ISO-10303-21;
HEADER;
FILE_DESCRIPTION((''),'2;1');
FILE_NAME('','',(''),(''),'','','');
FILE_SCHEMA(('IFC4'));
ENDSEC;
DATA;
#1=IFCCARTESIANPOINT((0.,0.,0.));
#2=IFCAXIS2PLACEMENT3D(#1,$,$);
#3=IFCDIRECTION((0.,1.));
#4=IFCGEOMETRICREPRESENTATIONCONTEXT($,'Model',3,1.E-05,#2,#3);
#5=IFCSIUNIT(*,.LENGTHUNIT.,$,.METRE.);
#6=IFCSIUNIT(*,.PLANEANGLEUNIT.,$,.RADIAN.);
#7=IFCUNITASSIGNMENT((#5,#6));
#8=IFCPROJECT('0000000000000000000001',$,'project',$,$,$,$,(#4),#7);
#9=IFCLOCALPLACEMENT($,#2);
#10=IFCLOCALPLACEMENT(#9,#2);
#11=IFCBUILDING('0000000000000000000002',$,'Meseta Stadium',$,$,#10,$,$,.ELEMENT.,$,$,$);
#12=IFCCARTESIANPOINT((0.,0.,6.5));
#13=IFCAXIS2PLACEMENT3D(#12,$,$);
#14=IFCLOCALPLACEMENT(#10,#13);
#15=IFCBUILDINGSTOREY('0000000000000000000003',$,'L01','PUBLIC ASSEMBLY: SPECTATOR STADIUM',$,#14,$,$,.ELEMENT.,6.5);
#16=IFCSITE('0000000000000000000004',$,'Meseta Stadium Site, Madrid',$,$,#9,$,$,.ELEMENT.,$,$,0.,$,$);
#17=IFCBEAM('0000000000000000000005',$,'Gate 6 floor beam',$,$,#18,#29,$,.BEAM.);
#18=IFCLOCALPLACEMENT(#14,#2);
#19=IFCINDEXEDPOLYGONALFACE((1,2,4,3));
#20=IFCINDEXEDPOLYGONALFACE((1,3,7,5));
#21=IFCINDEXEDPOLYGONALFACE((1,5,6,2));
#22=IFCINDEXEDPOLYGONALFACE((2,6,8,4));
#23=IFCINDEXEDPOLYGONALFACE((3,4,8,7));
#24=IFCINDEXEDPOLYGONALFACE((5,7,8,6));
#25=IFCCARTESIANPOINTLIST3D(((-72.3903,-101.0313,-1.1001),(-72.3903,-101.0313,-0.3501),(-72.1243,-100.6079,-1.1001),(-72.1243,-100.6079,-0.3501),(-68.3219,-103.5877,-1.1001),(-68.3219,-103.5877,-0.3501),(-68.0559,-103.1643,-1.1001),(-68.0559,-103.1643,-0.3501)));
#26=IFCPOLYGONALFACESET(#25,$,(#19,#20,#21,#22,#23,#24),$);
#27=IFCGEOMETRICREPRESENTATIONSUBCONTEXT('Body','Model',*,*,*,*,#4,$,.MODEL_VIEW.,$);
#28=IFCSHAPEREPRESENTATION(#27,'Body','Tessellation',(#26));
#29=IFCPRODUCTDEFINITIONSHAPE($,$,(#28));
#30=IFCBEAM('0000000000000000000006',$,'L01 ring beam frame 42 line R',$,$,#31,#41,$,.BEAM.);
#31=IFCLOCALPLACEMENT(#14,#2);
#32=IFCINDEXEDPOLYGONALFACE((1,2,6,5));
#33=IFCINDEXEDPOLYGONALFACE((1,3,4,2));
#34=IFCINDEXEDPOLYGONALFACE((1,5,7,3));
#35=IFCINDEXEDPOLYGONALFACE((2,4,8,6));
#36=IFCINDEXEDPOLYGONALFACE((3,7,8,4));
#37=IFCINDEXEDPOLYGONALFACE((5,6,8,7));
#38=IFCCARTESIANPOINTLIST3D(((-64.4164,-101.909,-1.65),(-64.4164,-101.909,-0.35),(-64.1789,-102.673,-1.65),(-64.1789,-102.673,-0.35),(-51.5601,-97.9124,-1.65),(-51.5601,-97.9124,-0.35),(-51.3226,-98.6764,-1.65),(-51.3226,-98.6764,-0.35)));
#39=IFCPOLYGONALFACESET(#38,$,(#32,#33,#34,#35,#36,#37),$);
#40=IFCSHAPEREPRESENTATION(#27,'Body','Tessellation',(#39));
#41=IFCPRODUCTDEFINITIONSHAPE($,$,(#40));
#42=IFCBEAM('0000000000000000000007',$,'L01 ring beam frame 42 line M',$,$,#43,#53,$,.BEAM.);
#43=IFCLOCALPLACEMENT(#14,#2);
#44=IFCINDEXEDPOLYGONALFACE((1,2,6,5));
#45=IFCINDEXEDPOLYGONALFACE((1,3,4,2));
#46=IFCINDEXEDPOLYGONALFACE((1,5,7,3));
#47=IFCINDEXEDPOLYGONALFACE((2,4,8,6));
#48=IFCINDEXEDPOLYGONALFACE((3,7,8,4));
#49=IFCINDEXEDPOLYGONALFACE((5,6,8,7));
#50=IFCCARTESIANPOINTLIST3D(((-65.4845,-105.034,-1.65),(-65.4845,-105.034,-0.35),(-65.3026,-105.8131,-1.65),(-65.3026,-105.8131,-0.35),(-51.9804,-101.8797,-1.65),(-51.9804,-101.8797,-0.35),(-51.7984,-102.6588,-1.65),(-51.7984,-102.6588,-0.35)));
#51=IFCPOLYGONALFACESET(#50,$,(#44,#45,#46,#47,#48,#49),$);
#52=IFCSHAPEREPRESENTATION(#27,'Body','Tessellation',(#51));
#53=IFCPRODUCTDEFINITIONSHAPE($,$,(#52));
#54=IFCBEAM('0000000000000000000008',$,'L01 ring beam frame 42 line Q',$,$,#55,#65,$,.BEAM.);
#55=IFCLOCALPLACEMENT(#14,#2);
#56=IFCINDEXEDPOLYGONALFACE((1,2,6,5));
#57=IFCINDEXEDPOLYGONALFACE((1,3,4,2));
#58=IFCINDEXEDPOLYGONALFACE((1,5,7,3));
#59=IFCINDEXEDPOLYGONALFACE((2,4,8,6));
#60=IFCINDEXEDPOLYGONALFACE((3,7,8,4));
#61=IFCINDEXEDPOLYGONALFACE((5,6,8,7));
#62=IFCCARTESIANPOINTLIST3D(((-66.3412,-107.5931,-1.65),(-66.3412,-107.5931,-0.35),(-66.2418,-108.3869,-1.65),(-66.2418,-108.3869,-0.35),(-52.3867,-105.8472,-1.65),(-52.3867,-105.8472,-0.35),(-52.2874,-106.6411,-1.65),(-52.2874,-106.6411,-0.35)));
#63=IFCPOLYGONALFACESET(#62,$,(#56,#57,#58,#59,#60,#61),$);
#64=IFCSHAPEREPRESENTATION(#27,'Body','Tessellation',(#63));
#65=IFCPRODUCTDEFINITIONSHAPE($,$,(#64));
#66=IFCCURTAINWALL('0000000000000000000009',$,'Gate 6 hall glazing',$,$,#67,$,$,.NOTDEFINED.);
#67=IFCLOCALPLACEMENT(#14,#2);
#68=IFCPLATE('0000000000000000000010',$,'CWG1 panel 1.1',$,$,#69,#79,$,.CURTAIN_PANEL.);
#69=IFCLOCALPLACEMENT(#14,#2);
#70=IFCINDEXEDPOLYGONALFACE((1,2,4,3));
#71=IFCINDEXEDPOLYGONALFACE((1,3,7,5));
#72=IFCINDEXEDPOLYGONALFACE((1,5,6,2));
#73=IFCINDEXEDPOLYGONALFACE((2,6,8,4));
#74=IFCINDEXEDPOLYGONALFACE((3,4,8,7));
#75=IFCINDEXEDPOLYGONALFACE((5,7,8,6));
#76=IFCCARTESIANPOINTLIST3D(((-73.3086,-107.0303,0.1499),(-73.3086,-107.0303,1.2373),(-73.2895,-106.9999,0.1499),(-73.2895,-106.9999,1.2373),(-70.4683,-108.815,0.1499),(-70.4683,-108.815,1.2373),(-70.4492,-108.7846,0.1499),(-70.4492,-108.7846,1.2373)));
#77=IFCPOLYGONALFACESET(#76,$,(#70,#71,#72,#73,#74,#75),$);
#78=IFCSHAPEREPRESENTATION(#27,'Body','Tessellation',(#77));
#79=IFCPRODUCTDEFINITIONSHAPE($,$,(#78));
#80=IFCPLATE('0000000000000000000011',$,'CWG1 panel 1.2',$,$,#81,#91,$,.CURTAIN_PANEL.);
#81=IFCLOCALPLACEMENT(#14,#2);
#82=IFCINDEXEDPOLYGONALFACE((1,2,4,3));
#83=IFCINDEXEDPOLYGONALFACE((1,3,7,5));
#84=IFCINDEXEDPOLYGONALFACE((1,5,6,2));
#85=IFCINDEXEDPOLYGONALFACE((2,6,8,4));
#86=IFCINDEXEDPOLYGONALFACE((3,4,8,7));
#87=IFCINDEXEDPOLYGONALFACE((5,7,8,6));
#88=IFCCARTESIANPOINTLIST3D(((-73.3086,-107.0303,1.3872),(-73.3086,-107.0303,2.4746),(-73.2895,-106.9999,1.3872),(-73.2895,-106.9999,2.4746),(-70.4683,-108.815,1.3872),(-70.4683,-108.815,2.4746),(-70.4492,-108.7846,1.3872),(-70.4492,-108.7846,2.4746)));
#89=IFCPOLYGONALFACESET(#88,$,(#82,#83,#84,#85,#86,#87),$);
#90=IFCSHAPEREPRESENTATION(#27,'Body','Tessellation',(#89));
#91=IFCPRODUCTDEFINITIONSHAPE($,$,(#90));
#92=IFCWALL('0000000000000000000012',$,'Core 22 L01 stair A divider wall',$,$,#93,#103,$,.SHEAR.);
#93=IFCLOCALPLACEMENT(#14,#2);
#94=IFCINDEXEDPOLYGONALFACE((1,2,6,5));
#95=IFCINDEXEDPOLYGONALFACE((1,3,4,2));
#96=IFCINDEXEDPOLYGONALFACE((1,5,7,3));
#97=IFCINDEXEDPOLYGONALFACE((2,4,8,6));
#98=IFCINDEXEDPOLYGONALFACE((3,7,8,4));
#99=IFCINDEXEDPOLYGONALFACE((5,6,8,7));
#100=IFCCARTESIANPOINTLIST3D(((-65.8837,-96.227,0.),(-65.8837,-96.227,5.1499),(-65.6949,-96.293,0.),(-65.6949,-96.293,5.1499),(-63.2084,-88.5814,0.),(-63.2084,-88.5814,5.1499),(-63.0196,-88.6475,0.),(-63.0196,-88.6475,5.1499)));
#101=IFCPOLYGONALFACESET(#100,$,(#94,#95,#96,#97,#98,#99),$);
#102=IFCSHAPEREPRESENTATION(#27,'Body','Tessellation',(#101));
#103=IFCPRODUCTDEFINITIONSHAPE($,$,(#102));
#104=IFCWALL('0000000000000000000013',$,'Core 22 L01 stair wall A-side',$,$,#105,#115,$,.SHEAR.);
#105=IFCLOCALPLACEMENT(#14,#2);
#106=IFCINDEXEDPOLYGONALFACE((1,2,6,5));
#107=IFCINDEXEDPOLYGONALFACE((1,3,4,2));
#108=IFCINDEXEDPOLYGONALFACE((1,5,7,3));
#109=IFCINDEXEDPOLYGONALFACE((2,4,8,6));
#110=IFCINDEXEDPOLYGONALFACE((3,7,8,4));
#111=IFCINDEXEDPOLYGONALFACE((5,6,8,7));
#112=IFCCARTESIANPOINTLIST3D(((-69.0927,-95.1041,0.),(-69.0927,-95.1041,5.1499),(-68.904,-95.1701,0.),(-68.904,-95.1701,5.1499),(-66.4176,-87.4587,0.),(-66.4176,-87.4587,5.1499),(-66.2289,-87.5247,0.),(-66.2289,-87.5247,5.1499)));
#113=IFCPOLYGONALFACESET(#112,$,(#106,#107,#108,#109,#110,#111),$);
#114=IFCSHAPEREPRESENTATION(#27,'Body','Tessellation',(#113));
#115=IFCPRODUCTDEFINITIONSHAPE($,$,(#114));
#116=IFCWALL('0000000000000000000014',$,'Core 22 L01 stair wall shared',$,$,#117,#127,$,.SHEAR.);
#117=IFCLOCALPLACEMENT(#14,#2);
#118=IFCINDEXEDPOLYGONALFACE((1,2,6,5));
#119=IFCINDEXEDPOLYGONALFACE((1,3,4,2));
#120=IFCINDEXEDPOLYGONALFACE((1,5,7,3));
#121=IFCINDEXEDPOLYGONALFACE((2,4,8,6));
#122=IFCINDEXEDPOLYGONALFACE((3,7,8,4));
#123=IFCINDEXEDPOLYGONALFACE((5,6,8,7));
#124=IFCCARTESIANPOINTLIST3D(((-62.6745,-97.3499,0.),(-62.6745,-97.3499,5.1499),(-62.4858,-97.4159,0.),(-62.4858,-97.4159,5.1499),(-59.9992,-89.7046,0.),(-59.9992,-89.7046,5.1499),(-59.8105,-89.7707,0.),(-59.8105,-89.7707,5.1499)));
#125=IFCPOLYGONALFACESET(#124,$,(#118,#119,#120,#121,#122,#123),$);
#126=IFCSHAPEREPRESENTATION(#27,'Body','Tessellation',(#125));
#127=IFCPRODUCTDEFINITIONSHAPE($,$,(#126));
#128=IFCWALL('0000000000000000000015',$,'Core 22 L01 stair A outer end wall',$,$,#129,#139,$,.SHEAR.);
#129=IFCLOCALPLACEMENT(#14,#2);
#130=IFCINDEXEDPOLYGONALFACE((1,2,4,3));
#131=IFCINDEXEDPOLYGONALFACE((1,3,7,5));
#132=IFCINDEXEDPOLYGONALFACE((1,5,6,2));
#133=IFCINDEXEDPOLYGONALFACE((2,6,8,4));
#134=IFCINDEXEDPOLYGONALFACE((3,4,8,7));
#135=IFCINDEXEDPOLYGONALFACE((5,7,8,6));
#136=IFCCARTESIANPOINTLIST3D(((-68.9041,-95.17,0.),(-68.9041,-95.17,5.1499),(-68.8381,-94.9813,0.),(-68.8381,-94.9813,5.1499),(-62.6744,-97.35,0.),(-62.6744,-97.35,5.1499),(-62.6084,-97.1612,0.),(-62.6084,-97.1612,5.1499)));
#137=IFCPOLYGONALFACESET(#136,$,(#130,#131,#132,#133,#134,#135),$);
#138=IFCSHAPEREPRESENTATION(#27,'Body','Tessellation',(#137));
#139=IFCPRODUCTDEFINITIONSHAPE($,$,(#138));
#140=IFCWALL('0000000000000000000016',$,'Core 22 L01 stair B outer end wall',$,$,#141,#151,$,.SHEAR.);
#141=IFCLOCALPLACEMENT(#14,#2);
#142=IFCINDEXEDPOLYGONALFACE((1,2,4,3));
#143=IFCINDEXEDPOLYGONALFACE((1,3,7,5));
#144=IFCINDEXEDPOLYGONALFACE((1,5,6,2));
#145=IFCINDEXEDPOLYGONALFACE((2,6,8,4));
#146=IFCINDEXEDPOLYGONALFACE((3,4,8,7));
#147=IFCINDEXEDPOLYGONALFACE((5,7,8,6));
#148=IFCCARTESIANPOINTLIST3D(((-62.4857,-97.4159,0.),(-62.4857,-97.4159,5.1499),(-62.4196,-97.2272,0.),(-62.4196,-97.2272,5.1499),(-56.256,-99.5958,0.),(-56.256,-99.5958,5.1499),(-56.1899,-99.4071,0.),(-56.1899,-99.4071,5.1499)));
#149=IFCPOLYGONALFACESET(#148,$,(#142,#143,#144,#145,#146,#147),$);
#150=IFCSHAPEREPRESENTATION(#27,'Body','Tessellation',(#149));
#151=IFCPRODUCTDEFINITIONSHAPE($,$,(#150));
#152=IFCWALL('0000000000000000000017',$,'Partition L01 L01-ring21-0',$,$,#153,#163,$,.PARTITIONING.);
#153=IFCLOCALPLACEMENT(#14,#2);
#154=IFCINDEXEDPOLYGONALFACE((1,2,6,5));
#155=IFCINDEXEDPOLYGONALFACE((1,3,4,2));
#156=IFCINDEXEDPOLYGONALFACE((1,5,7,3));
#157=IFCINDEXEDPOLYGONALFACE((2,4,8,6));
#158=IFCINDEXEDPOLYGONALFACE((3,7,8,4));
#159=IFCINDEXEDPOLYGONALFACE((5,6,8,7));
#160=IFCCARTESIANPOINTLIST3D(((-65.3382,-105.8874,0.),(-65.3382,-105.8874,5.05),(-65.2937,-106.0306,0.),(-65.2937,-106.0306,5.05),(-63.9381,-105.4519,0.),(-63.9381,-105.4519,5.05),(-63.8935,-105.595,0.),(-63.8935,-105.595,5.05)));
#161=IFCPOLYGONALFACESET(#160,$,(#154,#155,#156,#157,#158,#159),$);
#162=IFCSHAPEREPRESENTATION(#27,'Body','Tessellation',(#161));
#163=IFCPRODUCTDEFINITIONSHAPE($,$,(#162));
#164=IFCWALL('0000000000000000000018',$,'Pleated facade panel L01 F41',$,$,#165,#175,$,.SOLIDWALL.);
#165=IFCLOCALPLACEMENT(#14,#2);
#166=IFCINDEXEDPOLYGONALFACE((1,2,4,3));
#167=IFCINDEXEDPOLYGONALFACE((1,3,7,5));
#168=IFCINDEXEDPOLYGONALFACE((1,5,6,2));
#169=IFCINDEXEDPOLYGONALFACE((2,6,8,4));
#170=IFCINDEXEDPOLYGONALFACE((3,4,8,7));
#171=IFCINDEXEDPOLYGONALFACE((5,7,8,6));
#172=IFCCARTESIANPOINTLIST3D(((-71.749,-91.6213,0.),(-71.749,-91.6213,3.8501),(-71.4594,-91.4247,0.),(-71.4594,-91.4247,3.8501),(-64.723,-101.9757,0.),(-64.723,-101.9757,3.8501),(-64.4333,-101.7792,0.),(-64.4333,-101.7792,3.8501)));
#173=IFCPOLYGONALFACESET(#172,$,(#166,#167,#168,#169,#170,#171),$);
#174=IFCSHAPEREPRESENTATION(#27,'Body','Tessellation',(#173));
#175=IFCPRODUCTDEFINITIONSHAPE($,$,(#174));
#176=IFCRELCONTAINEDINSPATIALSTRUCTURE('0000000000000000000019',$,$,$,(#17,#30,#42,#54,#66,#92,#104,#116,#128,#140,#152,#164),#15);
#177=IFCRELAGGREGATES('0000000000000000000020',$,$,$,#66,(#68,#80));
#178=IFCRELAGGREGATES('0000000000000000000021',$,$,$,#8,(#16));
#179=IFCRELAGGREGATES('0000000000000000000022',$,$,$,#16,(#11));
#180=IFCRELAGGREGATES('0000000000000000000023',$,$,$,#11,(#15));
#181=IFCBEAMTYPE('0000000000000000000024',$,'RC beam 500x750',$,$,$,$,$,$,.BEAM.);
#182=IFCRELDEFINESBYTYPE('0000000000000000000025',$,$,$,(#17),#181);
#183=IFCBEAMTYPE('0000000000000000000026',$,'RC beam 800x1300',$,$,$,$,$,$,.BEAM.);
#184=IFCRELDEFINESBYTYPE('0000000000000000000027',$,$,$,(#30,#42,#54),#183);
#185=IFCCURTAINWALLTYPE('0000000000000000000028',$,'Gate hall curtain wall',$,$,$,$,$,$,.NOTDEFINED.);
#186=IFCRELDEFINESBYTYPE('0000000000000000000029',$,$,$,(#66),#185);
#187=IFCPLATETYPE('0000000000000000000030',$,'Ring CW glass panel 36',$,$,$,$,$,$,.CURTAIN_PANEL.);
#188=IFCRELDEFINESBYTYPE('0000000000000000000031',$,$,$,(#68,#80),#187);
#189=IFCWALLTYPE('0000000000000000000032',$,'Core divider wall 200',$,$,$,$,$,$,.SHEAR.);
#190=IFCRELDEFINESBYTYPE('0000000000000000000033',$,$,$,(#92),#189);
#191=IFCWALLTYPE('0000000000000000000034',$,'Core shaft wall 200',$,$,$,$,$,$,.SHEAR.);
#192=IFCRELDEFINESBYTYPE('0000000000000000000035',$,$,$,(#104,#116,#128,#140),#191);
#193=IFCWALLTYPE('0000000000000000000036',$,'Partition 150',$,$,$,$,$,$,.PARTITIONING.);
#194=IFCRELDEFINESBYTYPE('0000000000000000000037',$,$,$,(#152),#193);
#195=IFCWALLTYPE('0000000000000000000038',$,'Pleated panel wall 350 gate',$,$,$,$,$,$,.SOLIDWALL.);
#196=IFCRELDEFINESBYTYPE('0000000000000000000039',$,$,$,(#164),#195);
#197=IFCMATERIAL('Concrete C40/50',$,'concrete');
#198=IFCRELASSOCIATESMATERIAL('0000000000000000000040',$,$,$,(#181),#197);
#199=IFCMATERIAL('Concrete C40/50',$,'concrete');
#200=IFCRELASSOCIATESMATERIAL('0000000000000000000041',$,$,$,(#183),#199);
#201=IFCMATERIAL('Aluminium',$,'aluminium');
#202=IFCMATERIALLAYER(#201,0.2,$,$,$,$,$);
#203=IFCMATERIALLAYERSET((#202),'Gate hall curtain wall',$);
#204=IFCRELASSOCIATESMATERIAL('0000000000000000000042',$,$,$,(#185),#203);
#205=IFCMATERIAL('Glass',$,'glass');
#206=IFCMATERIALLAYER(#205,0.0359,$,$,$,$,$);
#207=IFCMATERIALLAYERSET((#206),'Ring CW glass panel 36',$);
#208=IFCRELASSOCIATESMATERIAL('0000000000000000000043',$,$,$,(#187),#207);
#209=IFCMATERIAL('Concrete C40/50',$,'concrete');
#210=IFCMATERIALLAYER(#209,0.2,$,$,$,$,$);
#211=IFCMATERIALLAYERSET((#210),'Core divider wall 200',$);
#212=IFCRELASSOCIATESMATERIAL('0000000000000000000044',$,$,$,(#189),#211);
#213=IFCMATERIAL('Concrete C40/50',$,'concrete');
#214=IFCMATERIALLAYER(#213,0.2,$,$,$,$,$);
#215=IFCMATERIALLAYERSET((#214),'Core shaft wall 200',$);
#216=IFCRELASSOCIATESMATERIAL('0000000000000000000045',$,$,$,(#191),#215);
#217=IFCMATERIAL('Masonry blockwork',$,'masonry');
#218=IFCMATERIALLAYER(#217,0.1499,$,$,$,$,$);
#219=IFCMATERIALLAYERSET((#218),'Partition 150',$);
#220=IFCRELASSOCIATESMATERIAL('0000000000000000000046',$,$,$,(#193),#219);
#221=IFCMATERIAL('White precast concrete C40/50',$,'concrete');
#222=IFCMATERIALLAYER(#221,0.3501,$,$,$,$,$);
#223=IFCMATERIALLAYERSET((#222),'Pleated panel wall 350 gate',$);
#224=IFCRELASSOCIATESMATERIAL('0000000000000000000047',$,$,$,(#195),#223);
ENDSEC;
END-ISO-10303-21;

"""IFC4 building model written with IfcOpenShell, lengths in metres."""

from ifc_helpers import new_model, si_unit, direction, frame, frame_2d, origin, origin_2d, place, context, subcontext, project, spatial, rectangle, extrude, material, layer, layer_set, material_profile, profile_set, type_object, element, aggregate, save


model = new_model("IFC4")

# Units and contexts
model_context = context("Model", 3, precision=1e-05, world=origin(), true_north=direction((0.0, 1.0)))
body_context = subcontext(model_context, "Body", "Model", "MODEL_VIEW")
ifc_project = project(units=[si_unit("LENGTHUNIT", "METRE"), si_unit("PLANEANGLEUNIT", "RADIAN")], contexts=[model_context])

# Site, building, storey
site_placement = place(None, origin())
site = spatial("IfcSite", under=ifc_project, at=site_placement, Name="Meseta Stadium Site, Madrid", CompositionType="ELEMENT", RefElevation=0.0)
building_placement = place(site_placement, origin())
building = spatial("IfcBuilding", under=site, at=building_placement, Name="Meseta Stadium", CompositionType="ELEMENT")
storey_placement = place(building_placement, frame((0.0, 0.0, 6.5)))
storey = spatial("IfcBuildingStorey", under=building, at=storey_placement, Name="L01", Description="PUBLIC ASSEMBLY: SPECTATOR STADIUM", CompositionType="ELEMENT", Elevation=6.5)

# Beams
ifc_material_1 = material(Name="Concrete C40/50", Category="concrete")
ifc_material_profile_1 = material_profile(ifc_material_1, rectangle(XDim=0.5, YDim=0.75, at=origin_2d()), Name="RC 500x750")
ifc_profile_set_1 = profile_set([ifc_material_profile_1], Name="Concrete C40/50")
beam_type_1 = type_object("IfcBeamType", Name="RC beam 500x750", PredefinedType="BEAM", material=ifc_profile_set_1)
beam_1_placement = place(storey_placement, frame((-72.2573, -100.8196, -0.7251), z_axis=(0.846717, -0.532044, 0.0), x_axis=(0.532044, 0.846717, 0.0)))
element("IfcBeam", 1, at=beam_1_placement, inside=storey, type_object=beam_type_1, Name="Gate 6 floor beam", PredefinedType="BEAM", context=body_context, shape_type="SweptSolid", body=[
    extrude(rectangle(XDim=0.5, YDim=0.75, at=origin_2d()), origin(), (0.0, 0.0, 1.0), 4.8049),
])
ifc_material_2 = material(Name="Concrete C40/50", Category="concrete")
ifc_material_profile_2 = material_profile(ifc_material_2, rectangle(XDim=0.8, YDim=1.3, at=origin_2d()), Name="RC 800x1300")
ifc_profile_set_2 = profile_set([ifc_material_profile_2], Name="Concrete C40/50")
beam_type_2 = type_object("IfcBeamType", Name="RC beam 800x1300", PredefinedType="BEAM", material=ifc_profile_set_2)
beam_2_placement = place(storey_placement, frame((-64.2976, -102.291, -1.0), z_axis=(0.954923, 0.296855, 0.0), x_axis=(-0.296855, 0.954923, 0.0)))
element("IfcBeam", 2, at=beam_2_placement, inside=storey, type_object=beam_type_2, Name="L01 ring beam frame 42 line R", PredefinedType="BEAM", context=body_context, shape_type="SweptSolid", body=[
    extrude(rectangle(XDim=0.8, YDim=1.3, at=origin_2d()), origin(), (0.0, 0.0, 1.0), 13.4631),
])
beam_3_placement = place(storey_placement, frame((-65.3936, -105.4236, -1.0), z_axis=(0.973788, 0.227457, 0.0), x_axis=(-0.227457, 0.973788, 0.0)))
element("IfcBeam", 3, at=beam_3_placement, inside=storey, type_object=beam_type_2, Name="L01 ring beam frame 42 line M", PredefinedType="BEAM", context=body_context, shape_type="SweptSolid", body=[
    extrude(rectangle(XDim=0.8, YDim=1.3, at=origin_2d()), origin(), (0.0, 0.0, 1.0), 13.8677),
])
beam_4_placement = place(storey_placement, frame((-66.2915, -107.99, -1.0), z_axis=(0.992264, 0.124144, 0.0), x_axis=(-0.124144, 0.992264, 0.0)))
element("IfcBeam", 4, at=beam_4_placement, inside=storey, type_object=beam_type_2, Name="L01 ring beam frame 42 line Q", PredefinedType="BEAM", context=body_context, shape_type="SweptSolid", body=[
    extrude(rectangle(XDim=0.8, YDim=1.3, at=origin_2d()), origin(), (0.0, 0.0, 1.0), 14.0632),
])

# Curtain wall, plates
ifc_material_3 = material(Name="Aluminium", Category="aluminium")
ifc_layer_1 = layer(ifc_material_3, 0.2)
ifc_layer_set_1 = layer_set([ifc_layer_1], Name="Gate hall curtain wall")
curtain_wall_type = type_object("IfcCurtainWallType", Name="Gate hall curtain wall", PredefinedType="NOTDEFINED", material=ifc_layer_set_1)
curtain_wall_placement = place(storey_placement, origin())
curtain_wall = element("IfcCurtainWall", 5, at=curtain_wall_placement, inside=storey, type_object=curtain_wall_type, Name="Gate 6 hall glazing", PredefinedType="NOTDEFINED")
ifc_material_4 = material(Name="Glass", Category="glass")
ifc_layer_2 = layer(ifc_material_4, 0.0359)
ifc_layer_set_2 = layer_set([ifc_layer_2], Name="Ring CW glass panel 36")
plate_type = type_object("IfcPlateType", Name="Ring CW glass panel 36", PredefinedType="CURTAIN_PANEL", material=ifc_layer_set_2)
plate_1_placement = place(storey_placement, frame((-71.8789, -107.9075, 0.1499), z_axis=(0.0, 0.0, 1.0), x_axis=(-0.846727, 0.532028, 0.0)))
plate_1 = element("IfcPlate", 6, at=plate_1_placement, type_object=plate_type, Name="CWG1 panel 1.1", PredefinedType="CURTAIN_PANEL", context=body_context, shape_type="SweptSolid", body=[
    extrude(rectangle(XDim=3.3545, YDim=0.0359, at=origin_2d()), origin(), (0.0, 0.0, 1.0), 1.0874),
])
plate_2_placement = place(storey_placement, frame((-71.8789, -107.9075, 1.3872), z_axis=(0.0, 0.0, 1.0), x_axis=(-0.846727, 0.532028, 0.0)))
plate_2 = element("IfcPlate", 7, at=plate_2_placement, type_object=plate_type, Name="CWG1 panel 1.2", PredefinedType="CURTAIN_PANEL", context=body_context, shape_type="SweptSolid", body=[
    extrude(rectangle(XDim=3.3545, YDim=0.0359, at=origin_2d()), origin(), (0.0, 0.0, 1.0), 1.0874),
])
aggregate(curtain_wall, [plate_1, plate_2])

# Walls
ifc_material_5 = material(Name="Concrete C40/50", Category="concrete")
ifc_layer_3 = layer(ifc_material_5, 0.2)
ifc_layer_set_3 = layer_set([ifc_layer_3], Name="Core divider wall 200")
wall_type_1 = type_object("IfcWallType", Name="Core divider wall 200", PredefinedType="SHEAR", material=ifc_layer_set_3)
wall_1_placement = place(storey_placement, frame((-65.7893, -96.26, 0.0), z_axis=(0.0, 0.0, 1.0), x_axis=(0.330281, 0.943883, 0.0)))
element("IfcWall", 8, at=wall_1_placement, inside=storey, type_object=wall_type_1, Name="Core 22 L01 stair A divider wall", PredefinedType="SHEAR", context=body_context, shape_type="SweptSolid", body=[
    extrude(rectangle(XDim=8.1001, YDim=0.2, at=frame_2d((4.05, 0.0))), origin(), (0.0, 0.0, 1.0), 5.1499),
])
ifc_material_6 = material(Name="Concrete C40/50", Category="concrete")
ifc_layer_4 = layer(ifc_material_6, 0.2)
ifc_layer_set_4 = layer_set([ifc_layer_4], Name="Core shaft wall 200")
wall_type_2 = type_object("IfcWallType", Name="Core shaft wall 200", PredefinedType="SHEAR", material=ifc_layer_set_4)
for number, where, z_axis, x_axis, name in (
    (9, (-68.9983, -95.137, 0.0), (0.0, 0.0, 1.0), (0.330263, 0.943889, 0.0), "Core 22 L01 stair wall A-side"),
    (10, (-62.5801, -97.3828, 0.0), (0.0, 0.0, 1.0), (0.33029, 0.94388, 0.0), "Core 22 L01 stair wall shared"),
):
    element("IfcWall", number, at=place(storey_placement, frame(where, z_axis=z_axis, x_axis=x_axis)), inside=storey, type_object=wall_type_2, Name=name, PredefinedType="SHEAR", context=body_context, shape_type="SweptSolid", body=[
        extrude(rectangle(XDim=8.0999, YDim=0.2, at=frame_2d((4.0498, 0.0))), origin(), (0.0, 0.0, 1.0), 5.1499),
    ])
for number, where, z_axis, x_axis, name in (
    (11, (-68.8711, -95.0757, 0.0), (0.0, 0.0, 1.0), (0.943881, -0.330286, 0.0), "Core 22 L01 stair A outer end wall"),
    (12, (-62.4526, -97.3215, 0.0), (0.0, 0.0, 1.0), (0.943881, -0.330286, 0.0), "Core 22 L01 stair B outer end wall"),
):
    element("IfcWall", number, at=place(storey_placement, frame(where, z_axis=z_axis, x_axis=x_axis)), inside=storey, type_object=wall_type_2, Name=name, PredefinedType="SHEAR", context=body_context, shape_type="SweptSolid", body=[
        extrude(rectangle(XDim=6.6001, YDim=0.2, at=frame_2d((3.3, 0.0))), origin(), (0.0, 0.0, 1.0), 5.1499),
    ])
ifc_material_7 = material(Name="Masonry blockwork", Category="masonry")
ifc_layer_5 = layer(ifc_material_7, 0.1499)
ifc_layer_set_5 = layer_set([ifc_layer_5], Name="Partition 150")
wall_type_3 = type_object("IfcWallType", Name="Partition 150", PredefinedType="PARTITIONING", material=ifc_layer_set_5)
wall_2_placement = place(storey_placement, frame((-65.3159, -105.959, 0.0), z_axis=(0.0, 0.0, 1.0), x_axis=(0.954867, 0.297033, 0.0)))
element("IfcWall", 13, at=wall_2_placement, inside=storey, type_object=wall_type_3, Name="Partition L01 L01-ring21-0", PredefinedType="PARTITIONING", context=body_context, shape_type="SweptSolid", body=[
    extrude(rectangle(XDim=1.4663, YDim=0.1499, at=frame_2d((0.7332, 0.0))), origin(), (0.0, 0.0, 1.0), 5.05),
])
ifc_material_8 = material(Name="White precast concrete C40/50", Category="concrete")
ifc_layer_6 = layer(ifc_material_8, 0.3501)
ifc_layer_set_6 = layer_set([ifc_layer_6], Name="Pleated panel wall 350 gate")
wall_type_4 = type_object("IfcWallType", Name="Pleated panel wall 350 gate", PredefinedType="SOLIDWALL", material=ifc_layer_set_6)
wall_3_placement = place(storey_placement, frame((-64.5781, -101.8774, 0.0), z_axis=(0.0, 0.0, 1.0), x_axis=(-0.561494, 0.827481, 0.0)))
element("IfcWall", 14, at=wall_3_placement, inside=storey, type_object=wall_type_4, Name="Pleated facade panel L01 F41", PredefinedType="SOLIDWALL", context=body_context, shape_type="SweptSolid", body=[
    extrude(rectangle(XDim=12.5132, YDim=0.3501, at=frame_2d((6.2566, 0.0))), origin(), (0.0, 0.0, 1.0), 3.8501),
])

save(model, "model.ifc")
